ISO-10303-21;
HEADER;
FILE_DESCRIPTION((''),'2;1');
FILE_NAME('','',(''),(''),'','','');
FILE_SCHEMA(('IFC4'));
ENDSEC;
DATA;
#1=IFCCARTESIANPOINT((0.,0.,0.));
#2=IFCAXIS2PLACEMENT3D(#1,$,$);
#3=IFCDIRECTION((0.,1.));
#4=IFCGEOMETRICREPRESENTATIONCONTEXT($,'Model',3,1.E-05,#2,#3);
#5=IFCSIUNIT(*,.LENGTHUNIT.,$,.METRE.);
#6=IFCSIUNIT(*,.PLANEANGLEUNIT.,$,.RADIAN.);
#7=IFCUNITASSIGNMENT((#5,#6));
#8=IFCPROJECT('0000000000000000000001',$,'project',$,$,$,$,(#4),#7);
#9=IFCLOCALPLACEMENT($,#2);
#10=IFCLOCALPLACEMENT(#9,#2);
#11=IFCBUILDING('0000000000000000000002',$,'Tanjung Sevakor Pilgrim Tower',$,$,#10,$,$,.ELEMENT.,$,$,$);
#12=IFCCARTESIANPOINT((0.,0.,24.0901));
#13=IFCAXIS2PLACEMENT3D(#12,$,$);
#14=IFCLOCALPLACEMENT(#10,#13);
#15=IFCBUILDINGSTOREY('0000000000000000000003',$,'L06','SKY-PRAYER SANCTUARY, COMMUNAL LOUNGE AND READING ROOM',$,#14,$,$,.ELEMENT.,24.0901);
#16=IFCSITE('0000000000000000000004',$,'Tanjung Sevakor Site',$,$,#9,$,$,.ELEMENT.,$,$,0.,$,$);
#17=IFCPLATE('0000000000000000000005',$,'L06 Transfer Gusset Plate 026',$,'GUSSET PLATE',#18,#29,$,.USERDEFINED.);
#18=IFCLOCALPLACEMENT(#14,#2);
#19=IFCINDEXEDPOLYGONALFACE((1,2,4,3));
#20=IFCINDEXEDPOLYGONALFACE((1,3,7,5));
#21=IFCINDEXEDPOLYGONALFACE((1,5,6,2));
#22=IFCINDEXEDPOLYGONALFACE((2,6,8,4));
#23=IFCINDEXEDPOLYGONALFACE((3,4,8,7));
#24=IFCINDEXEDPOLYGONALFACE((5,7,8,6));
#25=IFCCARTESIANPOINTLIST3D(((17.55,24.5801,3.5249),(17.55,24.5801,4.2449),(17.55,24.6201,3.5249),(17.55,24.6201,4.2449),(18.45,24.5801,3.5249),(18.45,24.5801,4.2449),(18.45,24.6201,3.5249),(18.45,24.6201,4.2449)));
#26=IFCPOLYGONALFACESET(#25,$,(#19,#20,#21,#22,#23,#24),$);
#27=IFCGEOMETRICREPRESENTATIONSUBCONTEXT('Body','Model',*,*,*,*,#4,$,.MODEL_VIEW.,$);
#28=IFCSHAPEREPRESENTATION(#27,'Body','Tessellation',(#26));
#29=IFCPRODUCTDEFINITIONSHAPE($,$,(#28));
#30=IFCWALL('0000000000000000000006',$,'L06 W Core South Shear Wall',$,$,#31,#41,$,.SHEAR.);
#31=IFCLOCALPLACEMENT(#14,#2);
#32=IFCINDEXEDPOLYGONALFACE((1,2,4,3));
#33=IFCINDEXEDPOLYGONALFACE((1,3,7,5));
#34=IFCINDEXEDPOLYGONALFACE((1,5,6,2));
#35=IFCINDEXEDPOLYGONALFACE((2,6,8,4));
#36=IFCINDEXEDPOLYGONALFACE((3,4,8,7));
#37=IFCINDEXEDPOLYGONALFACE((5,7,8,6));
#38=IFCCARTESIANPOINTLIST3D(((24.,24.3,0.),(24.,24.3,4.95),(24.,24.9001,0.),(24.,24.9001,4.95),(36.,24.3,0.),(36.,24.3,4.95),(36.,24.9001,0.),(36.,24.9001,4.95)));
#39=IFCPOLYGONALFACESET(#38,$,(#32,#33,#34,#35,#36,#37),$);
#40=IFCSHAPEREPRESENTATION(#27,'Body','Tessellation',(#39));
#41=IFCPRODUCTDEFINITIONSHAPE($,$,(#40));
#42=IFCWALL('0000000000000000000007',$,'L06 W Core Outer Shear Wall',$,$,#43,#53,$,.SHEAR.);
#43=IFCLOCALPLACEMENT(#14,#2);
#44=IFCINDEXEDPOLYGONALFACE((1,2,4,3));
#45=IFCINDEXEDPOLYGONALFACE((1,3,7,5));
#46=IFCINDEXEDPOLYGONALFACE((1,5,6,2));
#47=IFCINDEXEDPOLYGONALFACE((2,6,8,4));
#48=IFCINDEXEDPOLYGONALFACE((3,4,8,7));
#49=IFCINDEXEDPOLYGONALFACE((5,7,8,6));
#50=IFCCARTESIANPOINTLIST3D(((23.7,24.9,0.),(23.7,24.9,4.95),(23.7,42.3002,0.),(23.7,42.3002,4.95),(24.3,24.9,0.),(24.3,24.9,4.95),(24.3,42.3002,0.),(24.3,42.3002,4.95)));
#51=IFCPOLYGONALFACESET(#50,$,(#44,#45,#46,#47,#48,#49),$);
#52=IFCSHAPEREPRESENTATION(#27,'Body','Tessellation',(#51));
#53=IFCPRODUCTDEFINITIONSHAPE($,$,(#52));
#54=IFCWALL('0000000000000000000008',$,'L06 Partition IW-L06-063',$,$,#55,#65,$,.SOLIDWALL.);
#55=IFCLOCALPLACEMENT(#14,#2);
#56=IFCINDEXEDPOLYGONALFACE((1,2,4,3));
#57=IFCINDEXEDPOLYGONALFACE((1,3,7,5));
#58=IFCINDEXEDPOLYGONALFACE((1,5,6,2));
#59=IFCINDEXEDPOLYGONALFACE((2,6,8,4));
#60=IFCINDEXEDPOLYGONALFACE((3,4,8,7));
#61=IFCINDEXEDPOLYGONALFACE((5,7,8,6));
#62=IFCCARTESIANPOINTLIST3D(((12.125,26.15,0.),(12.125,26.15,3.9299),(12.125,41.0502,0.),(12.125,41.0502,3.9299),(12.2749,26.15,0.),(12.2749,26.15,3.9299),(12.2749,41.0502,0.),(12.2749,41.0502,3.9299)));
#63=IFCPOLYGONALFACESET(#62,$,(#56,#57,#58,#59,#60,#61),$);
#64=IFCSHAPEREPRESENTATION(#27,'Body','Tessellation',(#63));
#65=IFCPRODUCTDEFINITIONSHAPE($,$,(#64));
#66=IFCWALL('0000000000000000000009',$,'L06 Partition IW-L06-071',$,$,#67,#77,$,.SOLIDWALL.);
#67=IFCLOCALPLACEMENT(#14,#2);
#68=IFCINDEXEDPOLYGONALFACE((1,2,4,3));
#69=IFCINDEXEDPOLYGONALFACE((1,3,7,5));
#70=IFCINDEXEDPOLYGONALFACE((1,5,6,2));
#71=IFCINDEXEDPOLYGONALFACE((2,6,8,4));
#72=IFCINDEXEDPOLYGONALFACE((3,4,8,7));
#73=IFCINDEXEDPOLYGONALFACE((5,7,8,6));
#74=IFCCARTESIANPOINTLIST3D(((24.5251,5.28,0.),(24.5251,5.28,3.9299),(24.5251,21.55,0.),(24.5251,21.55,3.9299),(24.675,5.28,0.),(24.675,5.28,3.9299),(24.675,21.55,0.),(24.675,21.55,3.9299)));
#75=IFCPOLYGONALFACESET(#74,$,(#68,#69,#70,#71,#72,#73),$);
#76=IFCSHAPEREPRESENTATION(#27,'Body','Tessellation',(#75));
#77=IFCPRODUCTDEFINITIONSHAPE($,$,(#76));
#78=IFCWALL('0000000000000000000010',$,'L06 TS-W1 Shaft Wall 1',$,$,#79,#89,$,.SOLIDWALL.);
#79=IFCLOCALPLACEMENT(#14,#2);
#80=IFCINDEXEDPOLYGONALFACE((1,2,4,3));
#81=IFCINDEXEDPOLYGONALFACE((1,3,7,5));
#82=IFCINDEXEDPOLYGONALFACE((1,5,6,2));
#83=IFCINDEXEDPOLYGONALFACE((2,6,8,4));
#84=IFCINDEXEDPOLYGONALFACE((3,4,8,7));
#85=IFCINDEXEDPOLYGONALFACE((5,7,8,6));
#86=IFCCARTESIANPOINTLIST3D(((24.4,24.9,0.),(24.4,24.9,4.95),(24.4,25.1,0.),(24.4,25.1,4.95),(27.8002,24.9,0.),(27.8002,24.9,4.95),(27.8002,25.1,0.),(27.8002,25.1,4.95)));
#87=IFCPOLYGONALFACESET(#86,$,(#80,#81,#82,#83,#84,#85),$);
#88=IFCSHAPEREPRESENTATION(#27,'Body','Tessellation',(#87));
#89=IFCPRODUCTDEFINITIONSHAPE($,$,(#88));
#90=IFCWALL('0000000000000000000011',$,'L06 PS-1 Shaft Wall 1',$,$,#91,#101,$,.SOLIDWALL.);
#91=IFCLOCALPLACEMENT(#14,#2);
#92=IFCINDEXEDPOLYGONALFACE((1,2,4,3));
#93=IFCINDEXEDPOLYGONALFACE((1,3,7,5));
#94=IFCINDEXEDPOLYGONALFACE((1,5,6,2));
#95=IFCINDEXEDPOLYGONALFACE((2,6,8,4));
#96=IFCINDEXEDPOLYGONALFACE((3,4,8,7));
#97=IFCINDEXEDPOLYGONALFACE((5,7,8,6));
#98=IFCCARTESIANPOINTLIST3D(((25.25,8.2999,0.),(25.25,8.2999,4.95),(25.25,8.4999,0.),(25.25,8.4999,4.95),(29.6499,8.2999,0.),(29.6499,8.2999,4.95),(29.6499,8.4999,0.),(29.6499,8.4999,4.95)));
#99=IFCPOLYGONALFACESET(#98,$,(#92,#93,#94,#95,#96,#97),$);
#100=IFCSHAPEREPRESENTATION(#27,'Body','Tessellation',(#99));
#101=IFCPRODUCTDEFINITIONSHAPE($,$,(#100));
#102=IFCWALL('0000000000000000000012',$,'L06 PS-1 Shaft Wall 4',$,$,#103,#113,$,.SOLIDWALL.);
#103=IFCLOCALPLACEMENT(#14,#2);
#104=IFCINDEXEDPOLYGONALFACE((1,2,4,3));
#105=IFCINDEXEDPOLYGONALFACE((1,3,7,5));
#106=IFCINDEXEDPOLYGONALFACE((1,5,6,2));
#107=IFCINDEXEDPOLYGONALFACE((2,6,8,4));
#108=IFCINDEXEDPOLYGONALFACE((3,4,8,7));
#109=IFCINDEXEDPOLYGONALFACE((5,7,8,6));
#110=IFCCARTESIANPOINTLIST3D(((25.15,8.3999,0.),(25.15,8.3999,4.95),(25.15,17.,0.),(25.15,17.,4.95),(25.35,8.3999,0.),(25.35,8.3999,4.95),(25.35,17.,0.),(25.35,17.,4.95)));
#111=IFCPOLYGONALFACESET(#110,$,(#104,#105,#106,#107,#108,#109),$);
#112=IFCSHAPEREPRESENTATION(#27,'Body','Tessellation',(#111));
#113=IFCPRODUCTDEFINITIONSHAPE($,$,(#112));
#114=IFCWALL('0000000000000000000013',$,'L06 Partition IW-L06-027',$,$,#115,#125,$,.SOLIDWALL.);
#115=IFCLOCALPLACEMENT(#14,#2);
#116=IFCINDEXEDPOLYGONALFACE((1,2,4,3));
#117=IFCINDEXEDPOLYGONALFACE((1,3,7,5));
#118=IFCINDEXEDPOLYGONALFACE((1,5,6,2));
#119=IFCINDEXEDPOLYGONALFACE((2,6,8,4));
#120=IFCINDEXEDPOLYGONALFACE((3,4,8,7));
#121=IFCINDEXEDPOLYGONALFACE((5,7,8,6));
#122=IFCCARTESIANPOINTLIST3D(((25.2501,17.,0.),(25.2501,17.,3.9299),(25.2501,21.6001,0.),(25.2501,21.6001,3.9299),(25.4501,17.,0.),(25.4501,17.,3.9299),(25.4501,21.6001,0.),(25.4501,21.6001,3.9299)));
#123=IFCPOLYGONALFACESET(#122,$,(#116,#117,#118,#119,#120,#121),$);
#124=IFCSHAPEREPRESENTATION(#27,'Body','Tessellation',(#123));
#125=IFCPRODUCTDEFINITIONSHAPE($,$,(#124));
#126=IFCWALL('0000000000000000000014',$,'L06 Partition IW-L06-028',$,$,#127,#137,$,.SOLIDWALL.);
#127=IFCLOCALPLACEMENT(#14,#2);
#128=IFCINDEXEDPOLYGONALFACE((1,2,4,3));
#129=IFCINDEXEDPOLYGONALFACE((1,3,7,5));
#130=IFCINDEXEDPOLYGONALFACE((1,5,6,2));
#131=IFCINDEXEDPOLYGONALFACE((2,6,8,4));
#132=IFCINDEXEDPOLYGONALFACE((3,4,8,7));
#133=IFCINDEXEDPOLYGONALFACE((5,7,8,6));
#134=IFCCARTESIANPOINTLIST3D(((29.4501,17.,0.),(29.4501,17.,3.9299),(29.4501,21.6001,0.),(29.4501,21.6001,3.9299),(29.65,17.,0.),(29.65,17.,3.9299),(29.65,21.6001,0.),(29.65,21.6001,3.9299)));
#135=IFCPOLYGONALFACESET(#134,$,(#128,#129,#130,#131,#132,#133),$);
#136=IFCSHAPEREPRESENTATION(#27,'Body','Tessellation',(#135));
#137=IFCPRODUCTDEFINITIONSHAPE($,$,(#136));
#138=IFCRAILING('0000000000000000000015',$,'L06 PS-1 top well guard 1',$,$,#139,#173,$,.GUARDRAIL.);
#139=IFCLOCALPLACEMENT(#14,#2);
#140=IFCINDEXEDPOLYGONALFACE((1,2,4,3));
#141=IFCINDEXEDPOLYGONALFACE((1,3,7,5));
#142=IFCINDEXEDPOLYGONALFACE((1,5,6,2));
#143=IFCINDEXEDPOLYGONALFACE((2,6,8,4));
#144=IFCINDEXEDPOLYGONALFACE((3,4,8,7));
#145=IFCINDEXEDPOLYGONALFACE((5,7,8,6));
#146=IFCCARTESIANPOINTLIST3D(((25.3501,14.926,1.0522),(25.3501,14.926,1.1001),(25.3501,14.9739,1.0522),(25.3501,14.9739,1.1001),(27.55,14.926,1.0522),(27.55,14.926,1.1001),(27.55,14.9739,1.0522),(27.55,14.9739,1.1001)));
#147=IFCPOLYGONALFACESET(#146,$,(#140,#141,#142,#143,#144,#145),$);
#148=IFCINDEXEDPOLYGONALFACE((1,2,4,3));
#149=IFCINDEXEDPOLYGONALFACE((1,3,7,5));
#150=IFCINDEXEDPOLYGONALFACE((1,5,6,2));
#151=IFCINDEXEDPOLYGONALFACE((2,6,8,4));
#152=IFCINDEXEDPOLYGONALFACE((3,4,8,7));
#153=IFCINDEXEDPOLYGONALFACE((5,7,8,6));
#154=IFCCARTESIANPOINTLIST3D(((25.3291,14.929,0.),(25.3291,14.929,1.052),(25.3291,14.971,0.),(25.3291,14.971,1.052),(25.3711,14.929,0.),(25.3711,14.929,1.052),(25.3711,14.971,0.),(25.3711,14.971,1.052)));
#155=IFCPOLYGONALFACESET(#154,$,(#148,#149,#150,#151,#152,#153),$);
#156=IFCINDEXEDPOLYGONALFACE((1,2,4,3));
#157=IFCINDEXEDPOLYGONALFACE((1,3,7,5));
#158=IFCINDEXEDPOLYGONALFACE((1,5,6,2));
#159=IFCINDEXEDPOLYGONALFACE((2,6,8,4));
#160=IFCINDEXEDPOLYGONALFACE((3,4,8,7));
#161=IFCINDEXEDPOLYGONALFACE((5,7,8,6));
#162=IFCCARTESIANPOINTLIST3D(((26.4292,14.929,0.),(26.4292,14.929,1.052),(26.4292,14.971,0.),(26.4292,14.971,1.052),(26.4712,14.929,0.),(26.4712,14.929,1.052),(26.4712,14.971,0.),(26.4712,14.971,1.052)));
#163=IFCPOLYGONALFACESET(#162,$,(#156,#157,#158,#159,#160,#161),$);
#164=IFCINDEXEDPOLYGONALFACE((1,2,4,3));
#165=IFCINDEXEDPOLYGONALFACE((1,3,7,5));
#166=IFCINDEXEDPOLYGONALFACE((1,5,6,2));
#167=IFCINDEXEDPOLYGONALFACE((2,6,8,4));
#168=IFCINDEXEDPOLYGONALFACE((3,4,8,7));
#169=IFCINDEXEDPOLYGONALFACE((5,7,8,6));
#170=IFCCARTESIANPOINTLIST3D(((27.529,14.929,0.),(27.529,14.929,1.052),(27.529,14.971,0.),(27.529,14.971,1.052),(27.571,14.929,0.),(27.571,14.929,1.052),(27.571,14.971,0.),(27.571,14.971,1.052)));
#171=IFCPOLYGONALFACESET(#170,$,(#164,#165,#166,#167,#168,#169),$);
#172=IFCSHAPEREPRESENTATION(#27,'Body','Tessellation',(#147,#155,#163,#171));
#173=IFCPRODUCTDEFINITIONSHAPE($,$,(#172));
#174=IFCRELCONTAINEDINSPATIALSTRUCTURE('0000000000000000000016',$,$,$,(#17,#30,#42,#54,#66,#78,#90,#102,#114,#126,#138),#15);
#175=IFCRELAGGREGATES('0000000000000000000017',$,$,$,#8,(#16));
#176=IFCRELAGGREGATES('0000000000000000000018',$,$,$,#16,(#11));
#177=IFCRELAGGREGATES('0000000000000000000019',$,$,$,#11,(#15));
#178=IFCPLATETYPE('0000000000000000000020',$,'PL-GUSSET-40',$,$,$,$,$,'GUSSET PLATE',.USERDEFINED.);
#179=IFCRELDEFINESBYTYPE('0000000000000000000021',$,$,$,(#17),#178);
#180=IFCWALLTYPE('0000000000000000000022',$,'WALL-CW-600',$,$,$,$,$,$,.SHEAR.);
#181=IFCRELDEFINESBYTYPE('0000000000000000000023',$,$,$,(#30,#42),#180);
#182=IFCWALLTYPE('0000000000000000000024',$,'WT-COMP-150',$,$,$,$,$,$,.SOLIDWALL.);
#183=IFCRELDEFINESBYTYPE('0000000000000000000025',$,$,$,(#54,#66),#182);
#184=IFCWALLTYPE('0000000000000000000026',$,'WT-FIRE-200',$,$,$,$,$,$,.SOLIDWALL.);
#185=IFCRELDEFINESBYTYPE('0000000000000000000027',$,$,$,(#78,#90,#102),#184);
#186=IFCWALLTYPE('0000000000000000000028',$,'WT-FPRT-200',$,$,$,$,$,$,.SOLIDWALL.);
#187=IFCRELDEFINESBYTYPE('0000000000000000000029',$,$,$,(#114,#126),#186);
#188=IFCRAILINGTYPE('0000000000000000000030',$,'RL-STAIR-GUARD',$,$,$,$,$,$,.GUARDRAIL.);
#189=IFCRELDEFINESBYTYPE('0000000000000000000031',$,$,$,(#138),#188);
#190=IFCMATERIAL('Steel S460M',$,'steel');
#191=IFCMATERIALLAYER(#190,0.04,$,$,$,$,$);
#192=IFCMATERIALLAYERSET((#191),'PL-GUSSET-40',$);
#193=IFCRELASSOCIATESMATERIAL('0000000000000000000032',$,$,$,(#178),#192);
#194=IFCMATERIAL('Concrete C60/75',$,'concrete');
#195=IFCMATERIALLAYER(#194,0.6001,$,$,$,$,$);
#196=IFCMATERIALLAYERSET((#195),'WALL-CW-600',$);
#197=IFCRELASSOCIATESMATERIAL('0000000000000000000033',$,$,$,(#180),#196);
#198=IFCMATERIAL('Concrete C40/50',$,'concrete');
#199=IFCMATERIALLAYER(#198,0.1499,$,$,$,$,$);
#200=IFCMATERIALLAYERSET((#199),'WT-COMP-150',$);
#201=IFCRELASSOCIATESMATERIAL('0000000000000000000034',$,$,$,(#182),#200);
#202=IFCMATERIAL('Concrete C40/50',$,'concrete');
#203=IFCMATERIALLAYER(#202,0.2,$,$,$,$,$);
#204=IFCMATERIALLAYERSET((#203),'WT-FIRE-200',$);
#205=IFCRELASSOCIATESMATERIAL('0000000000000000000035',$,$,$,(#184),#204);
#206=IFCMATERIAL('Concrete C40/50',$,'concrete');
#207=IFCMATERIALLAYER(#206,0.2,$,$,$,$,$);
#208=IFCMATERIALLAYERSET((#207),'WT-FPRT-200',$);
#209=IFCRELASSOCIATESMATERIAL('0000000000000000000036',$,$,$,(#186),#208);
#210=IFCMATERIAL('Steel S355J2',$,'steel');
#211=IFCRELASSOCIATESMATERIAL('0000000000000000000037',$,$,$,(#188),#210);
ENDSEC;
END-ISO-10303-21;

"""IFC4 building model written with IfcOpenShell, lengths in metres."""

from ifc_helpers import new_model, si_unit, direction, frame, frame_2d, origin, origin_2d, place, context, subcontext, project, spatial, rectangle, extrude, material, layer, layer_set, type_object, element, save


model = new_model("IFC4")

# Units and contexts
model_context = context("Model", 3, precision=1e-05, world=origin(), true_north=direction((0.0, 1.0)))
body_context = subcontext(model_context, "Body", "Model", "MODEL_VIEW")
ifc_project = project(units=[si_unit("LENGTHUNIT", "METRE"), si_unit("PLANEANGLEUNIT", "RADIAN")], contexts=[model_context])

# Site, building, storey
site_placement = place(None, origin())
site = spatial("IfcSite", under=ifc_project, at=site_placement, Name="Tanjung Sevakor Site", CompositionType="ELEMENT", RefElevation=0.0)
building_placement = place(site_placement, origin())
building = spatial("IfcBuilding", under=site, at=building_placement, Name="Tanjung Sevakor Pilgrim Tower", CompositionType="ELEMENT")
storey_placement = place(building_placement, frame((0.0, 0.0, 24.0901)))
storey = spatial("IfcBuildingStorey", under=building, at=storey_placement, Name="L06", Description="SKY-PRAYER SANCTUARY, COMMUNAL LOUNGE AND READING ROOM", CompositionType="ELEMENT", Elevation=24.0901)

# Plate
ifc_material_1 = material(Name="Steel S460M", Category="steel")
ifc_layer_1 = layer(ifc_material_1, 0.04)
ifc_layer_set_1 = layer_set([ifc_layer_1], Name="PL-GUSSET-40")
plate_type = type_object("IfcPlateType", Name="PL-GUSSET-40", ElementType="GUSSET PLATE", PredefinedType="USERDEFINED", material=ifc_layer_set_1)
for number, where, z_axis, x_axis, name in (
    (1, (18.0, 24.6001, 3.5249), (0.0, 0.0, 1.0), (1.0, 0.0, 0.0), "L06 Transfer Gusset Plate 026"),
):
    element("IfcPlate", number, at=place(storey_placement, frame(where, z_axis=z_axis, x_axis=x_axis)), inside=storey, type_object=plate_type, Name=name, ObjectType="GUSSET PLATE", PredefinedType="USERDEFINED", context=body_context, shape_type="SweptSolid", body=[
        extrude(rectangle(XDim=0.8999, YDim=0.04, at=origin_2d()), origin(), (0.0, 0.0, 1.0), 0.72),
    ])

# Walls
ifc_material_2 = material(Name="Concrete C60/75", Category="concrete")
ifc_layer_2 = layer(ifc_material_2, 0.6001)
ifc_layer_set_2 = layer_set([ifc_layer_2], Name="WALL-CW-600")
wall_type_1 = type_object("IfcWallType", Name="WALL-CW-600", PredefinedType="SHEAR", material=ifc_layer_set_2)
wall_1_placement = place(storey_placement, frame((24.0, 24.6001, 0.0), z_axis=(0.0, 0.0, 1.0), x_axis=(1.0, 0.0, 0.0)))
element("IfcWall", 2, at=wall_1_placement, inside=storey, type_object=wall_type_1, Name="L06 W Core South Shear Wall", PredefinedType="SHEAR", context=body_context, shape_type="SweptSolid", body=[
    extrude(rectangle(XDim=12.0, YDim=0.6001, at=frame_2d((6.0, 0.0))), origin(), (0.0, 0.0, 1.0), 4.95),
])
wall_2_placement = place(storey_placement, frame((24.0, 24.8999, 0.0), z_axis=(0.0, 0.0, 1.0), x_axis=(0.0, 1.0, 0.0)))
element("IfcWall", 3, at=wall_2_placement, inside=storey, type_object=wall_type_1, Name="L06 W Core Outer Shear Wall", PredefinedType="SHEAR", context=body_context, shape_type="SweptSolid", body=[
    extrude(rectangle(XDim=17.4001, YDim=0.6001, at=frame_2d((8.7002, 0.0))), origin(), (0.0, 0.0, 1.0), 4.95),
])

# Walls
ifc_material_3 = material(Name="Concrete C40/50", Category="concrete")
ifc_layer_3 = layer(ifc_material_3, 0.1499)
ifc_layer_set_3 = layer_set([ifc_layer_3], Name="WT-COMP-150")
wall_type_2 = type_object("IfcWallType", Name="WT-COMP-150", PredefinedType="SOLIDWALL", material=ifc_layer_set_3)
wall_3_placement = place(storey_placement, frame((12.2, 26.1499, 0.0), z_axis=(0.0, 0.0, 1.0), x_axis=(0.0, 1.0, 0.0)))
element("IfcWall", 4, at=wall_3_placement, inside=storey, type_object=wall_type_2, Name="L06 Partition IW-L06-063", PredefinedType="SOLIDWALL", context=body_context, shape_type="SweptSolid", body=[
    extrude(rectangle(XDim=14.9001, YDim=0.1499, at=frame_2d((7.4502, 0.0))), origin(), (0.0, 0.0, 1.0), 3.9299),
])
wall_4_placement = place(storey_placement, frame((24.6001, 5.28, 0.0), z_axis=(0.0, 0.0, 1.0), x_axis=(0.0, 1.0, 0.0)))
element("IfcWall", 5, at=wall_4_placement, inside=storey, type_object=wall_type_2, Name="L06 Partition IW-L06-071", PredefinedType="SOLIDWALL", context=body_context, shape_type="SweptSolid", body=[
    extrude(rectangle(XDim=16.27, YDim=0.1499, at=frame_2d((8.135, 0.0))), origin(), (0.0, 0.0, 1.0), 3.9299),
])
ifc_material_4 = material(Name="Concrete C40/50", Category="concrete")
ifc_layer_4 = layer(ifc_material_4, 0.2)
ifc_layer_set_4 = layer_set([ifc_layer_4], Name="WT-FIRE-200")
wall_type_3 = type_object("IfcWallType", Name="WT-FIRE-200", PredefinedType="SOLIDWALL", material=ifc_layer_set_4)
wall_5_placement = place(storey_placement, frame((24.3999, 25.0, 0.0), z_axis=(0.0, 0.0, 1.0), x_axis=(1.0, 0.0, 0.0)))
element("IfcWall", 6, at=wall_5_placement, inside=storey, type_object=wall_type_3, Name="L06 TS-W1 Shaft Wall 1", PredefinedType="SOLIDWALL", context=body_context, shape_type="SweptSolid", body=[
    extrude(rectangle(XDim=3.4001, YDim=0.2, at=frame_2d((1.7002, 0.0))), origin(), (0.0, 0.0, 1.0), 4.95),
])
wall_6_placement = place(storey_placement, frame((25.25, 8.3999, 0.0), z_axis=(0.0, 0.0, 1.0), x_axis=(1.0, 0.0, 0.0)))
element("IfcWall", 7, at=wall_6_placement, inside=storey, type_object=wall_type_3, Name="L06 PS-1 Shaft Wall 1", PredefinedType="SOLIDWALL", context=body_context, shape_type="SweptSolid", body=[
    extrude(rectangle(XDim=4.3999, YDim=0.2, at=frame_2d((2.2, 0.0))), origin(), (0.0, 0.0, 1.0), 4.95),
])
wall_7_placement = place(storey_placement, frame((25.25, 17.0, 0.0), z_axis=(0.0, 0.0, 1.0), x_axis=(0.0, -1.0, 0.0)))
element("IfcWall", 8, at=wall_7_placement, inside=storey, type_object=wall_type_3, Name="L06 PS-1 Shaft Wall 4", PredefinedType="SOLIDWALL", context=body_context, shape_type="SweptSolid", body=[
    extrude(rectangle(XDim=8.6001, YDim=0.2, at=frame_2d((4.3, 0.0))), origin(), (0.0, 0.0, 1.0), 4.95),
])
ifc_material_5 = material(Name="Concrete C40/50", Category="concrete")
ifc_layer_5 = layer(ifc_material_5, 0.2)
ifc_layer_set_5 = layer_set([ifc_layer_5], Name="WT-FPRT-200")
wall_type_4 = type_object("IfcWallType", Name="WT-FPRT-200", PredefinedType="SOLIDWALL", material=ifc_layer_set_5)
for number, where, z_axis, x_axis, name in (
    (9, (25.3501, 17.0, 0.0), (0.0, 0.0, 1.0), (0.0, 1.0, 0.0), "L06 Partition IW-L06-027"),
    (10, (29.55, 17.0, 0.0), (0.0, 0.0, 1.0), (0.0, 1.0, 0.0), "L06 Partition IW-L06-028"),
):
    element("IfcWall", number, at=place(storey_placement, frame(where, z_axis=z_axis, x_axis=x_axis)), inside=storey, type_object=wall_type_4, Name=name, PredefinedType="SOLIDWALL", context=body_context, shape_type="SweptSolid", body=[
        extrude(rectangle(XDim=4.6001, YDim=0.2, at=frame_2d((2.3, 0.0))), origin(), (0.0, 0.0, 1.0), 3.9299),
    ])

# Railing
ifc_material_6 = material(Name="Steel S355J2", Category="steel")
railing_type = type_object("IfcRailingType", Name="RL-STAIR-GUARD", PredefinedType="GUARDRAIL", material=ifc_material_6)
railing_placement = place(storey_placement, frame((25.3501, 14.95, 0.0)))
element("IfcRailing", 11, at=railing_placement, inside=storey, type_object=railing_type, Name="L06 PS-1 top well guard 1", PredefinedType="GUARDRAIL", context=body_context, shape_type="SweptSolid", body=[
    extrude(rectangle(XDim=0.0479, YDim=0.0479), frame((0.0, 0.0, 1.0762), z_axis=(1.0, 0.0, 0.0), x_axis=(0.0, 1.0, 0.0)), (0.0, 0.0, 1.0), 2.2),
    extrude(rectangle(XDim=0.042, YDim=0.042), origin(), (0.0, 0.0, 1.0), 1.052),
    extrude(rectangle(XDim=0.042, YDim=0.042), frame((1.1001, 0.0, 0.0)), (0.0, 0.0, 1.0), 1.052),
    extrude(rectangle(XDim=0.042, YDim=0.042), frame((2.2, 0.0, 0.0)), (0.0, 0.0, 1.0), 1.052),
])

save(model, "model.ifc")
